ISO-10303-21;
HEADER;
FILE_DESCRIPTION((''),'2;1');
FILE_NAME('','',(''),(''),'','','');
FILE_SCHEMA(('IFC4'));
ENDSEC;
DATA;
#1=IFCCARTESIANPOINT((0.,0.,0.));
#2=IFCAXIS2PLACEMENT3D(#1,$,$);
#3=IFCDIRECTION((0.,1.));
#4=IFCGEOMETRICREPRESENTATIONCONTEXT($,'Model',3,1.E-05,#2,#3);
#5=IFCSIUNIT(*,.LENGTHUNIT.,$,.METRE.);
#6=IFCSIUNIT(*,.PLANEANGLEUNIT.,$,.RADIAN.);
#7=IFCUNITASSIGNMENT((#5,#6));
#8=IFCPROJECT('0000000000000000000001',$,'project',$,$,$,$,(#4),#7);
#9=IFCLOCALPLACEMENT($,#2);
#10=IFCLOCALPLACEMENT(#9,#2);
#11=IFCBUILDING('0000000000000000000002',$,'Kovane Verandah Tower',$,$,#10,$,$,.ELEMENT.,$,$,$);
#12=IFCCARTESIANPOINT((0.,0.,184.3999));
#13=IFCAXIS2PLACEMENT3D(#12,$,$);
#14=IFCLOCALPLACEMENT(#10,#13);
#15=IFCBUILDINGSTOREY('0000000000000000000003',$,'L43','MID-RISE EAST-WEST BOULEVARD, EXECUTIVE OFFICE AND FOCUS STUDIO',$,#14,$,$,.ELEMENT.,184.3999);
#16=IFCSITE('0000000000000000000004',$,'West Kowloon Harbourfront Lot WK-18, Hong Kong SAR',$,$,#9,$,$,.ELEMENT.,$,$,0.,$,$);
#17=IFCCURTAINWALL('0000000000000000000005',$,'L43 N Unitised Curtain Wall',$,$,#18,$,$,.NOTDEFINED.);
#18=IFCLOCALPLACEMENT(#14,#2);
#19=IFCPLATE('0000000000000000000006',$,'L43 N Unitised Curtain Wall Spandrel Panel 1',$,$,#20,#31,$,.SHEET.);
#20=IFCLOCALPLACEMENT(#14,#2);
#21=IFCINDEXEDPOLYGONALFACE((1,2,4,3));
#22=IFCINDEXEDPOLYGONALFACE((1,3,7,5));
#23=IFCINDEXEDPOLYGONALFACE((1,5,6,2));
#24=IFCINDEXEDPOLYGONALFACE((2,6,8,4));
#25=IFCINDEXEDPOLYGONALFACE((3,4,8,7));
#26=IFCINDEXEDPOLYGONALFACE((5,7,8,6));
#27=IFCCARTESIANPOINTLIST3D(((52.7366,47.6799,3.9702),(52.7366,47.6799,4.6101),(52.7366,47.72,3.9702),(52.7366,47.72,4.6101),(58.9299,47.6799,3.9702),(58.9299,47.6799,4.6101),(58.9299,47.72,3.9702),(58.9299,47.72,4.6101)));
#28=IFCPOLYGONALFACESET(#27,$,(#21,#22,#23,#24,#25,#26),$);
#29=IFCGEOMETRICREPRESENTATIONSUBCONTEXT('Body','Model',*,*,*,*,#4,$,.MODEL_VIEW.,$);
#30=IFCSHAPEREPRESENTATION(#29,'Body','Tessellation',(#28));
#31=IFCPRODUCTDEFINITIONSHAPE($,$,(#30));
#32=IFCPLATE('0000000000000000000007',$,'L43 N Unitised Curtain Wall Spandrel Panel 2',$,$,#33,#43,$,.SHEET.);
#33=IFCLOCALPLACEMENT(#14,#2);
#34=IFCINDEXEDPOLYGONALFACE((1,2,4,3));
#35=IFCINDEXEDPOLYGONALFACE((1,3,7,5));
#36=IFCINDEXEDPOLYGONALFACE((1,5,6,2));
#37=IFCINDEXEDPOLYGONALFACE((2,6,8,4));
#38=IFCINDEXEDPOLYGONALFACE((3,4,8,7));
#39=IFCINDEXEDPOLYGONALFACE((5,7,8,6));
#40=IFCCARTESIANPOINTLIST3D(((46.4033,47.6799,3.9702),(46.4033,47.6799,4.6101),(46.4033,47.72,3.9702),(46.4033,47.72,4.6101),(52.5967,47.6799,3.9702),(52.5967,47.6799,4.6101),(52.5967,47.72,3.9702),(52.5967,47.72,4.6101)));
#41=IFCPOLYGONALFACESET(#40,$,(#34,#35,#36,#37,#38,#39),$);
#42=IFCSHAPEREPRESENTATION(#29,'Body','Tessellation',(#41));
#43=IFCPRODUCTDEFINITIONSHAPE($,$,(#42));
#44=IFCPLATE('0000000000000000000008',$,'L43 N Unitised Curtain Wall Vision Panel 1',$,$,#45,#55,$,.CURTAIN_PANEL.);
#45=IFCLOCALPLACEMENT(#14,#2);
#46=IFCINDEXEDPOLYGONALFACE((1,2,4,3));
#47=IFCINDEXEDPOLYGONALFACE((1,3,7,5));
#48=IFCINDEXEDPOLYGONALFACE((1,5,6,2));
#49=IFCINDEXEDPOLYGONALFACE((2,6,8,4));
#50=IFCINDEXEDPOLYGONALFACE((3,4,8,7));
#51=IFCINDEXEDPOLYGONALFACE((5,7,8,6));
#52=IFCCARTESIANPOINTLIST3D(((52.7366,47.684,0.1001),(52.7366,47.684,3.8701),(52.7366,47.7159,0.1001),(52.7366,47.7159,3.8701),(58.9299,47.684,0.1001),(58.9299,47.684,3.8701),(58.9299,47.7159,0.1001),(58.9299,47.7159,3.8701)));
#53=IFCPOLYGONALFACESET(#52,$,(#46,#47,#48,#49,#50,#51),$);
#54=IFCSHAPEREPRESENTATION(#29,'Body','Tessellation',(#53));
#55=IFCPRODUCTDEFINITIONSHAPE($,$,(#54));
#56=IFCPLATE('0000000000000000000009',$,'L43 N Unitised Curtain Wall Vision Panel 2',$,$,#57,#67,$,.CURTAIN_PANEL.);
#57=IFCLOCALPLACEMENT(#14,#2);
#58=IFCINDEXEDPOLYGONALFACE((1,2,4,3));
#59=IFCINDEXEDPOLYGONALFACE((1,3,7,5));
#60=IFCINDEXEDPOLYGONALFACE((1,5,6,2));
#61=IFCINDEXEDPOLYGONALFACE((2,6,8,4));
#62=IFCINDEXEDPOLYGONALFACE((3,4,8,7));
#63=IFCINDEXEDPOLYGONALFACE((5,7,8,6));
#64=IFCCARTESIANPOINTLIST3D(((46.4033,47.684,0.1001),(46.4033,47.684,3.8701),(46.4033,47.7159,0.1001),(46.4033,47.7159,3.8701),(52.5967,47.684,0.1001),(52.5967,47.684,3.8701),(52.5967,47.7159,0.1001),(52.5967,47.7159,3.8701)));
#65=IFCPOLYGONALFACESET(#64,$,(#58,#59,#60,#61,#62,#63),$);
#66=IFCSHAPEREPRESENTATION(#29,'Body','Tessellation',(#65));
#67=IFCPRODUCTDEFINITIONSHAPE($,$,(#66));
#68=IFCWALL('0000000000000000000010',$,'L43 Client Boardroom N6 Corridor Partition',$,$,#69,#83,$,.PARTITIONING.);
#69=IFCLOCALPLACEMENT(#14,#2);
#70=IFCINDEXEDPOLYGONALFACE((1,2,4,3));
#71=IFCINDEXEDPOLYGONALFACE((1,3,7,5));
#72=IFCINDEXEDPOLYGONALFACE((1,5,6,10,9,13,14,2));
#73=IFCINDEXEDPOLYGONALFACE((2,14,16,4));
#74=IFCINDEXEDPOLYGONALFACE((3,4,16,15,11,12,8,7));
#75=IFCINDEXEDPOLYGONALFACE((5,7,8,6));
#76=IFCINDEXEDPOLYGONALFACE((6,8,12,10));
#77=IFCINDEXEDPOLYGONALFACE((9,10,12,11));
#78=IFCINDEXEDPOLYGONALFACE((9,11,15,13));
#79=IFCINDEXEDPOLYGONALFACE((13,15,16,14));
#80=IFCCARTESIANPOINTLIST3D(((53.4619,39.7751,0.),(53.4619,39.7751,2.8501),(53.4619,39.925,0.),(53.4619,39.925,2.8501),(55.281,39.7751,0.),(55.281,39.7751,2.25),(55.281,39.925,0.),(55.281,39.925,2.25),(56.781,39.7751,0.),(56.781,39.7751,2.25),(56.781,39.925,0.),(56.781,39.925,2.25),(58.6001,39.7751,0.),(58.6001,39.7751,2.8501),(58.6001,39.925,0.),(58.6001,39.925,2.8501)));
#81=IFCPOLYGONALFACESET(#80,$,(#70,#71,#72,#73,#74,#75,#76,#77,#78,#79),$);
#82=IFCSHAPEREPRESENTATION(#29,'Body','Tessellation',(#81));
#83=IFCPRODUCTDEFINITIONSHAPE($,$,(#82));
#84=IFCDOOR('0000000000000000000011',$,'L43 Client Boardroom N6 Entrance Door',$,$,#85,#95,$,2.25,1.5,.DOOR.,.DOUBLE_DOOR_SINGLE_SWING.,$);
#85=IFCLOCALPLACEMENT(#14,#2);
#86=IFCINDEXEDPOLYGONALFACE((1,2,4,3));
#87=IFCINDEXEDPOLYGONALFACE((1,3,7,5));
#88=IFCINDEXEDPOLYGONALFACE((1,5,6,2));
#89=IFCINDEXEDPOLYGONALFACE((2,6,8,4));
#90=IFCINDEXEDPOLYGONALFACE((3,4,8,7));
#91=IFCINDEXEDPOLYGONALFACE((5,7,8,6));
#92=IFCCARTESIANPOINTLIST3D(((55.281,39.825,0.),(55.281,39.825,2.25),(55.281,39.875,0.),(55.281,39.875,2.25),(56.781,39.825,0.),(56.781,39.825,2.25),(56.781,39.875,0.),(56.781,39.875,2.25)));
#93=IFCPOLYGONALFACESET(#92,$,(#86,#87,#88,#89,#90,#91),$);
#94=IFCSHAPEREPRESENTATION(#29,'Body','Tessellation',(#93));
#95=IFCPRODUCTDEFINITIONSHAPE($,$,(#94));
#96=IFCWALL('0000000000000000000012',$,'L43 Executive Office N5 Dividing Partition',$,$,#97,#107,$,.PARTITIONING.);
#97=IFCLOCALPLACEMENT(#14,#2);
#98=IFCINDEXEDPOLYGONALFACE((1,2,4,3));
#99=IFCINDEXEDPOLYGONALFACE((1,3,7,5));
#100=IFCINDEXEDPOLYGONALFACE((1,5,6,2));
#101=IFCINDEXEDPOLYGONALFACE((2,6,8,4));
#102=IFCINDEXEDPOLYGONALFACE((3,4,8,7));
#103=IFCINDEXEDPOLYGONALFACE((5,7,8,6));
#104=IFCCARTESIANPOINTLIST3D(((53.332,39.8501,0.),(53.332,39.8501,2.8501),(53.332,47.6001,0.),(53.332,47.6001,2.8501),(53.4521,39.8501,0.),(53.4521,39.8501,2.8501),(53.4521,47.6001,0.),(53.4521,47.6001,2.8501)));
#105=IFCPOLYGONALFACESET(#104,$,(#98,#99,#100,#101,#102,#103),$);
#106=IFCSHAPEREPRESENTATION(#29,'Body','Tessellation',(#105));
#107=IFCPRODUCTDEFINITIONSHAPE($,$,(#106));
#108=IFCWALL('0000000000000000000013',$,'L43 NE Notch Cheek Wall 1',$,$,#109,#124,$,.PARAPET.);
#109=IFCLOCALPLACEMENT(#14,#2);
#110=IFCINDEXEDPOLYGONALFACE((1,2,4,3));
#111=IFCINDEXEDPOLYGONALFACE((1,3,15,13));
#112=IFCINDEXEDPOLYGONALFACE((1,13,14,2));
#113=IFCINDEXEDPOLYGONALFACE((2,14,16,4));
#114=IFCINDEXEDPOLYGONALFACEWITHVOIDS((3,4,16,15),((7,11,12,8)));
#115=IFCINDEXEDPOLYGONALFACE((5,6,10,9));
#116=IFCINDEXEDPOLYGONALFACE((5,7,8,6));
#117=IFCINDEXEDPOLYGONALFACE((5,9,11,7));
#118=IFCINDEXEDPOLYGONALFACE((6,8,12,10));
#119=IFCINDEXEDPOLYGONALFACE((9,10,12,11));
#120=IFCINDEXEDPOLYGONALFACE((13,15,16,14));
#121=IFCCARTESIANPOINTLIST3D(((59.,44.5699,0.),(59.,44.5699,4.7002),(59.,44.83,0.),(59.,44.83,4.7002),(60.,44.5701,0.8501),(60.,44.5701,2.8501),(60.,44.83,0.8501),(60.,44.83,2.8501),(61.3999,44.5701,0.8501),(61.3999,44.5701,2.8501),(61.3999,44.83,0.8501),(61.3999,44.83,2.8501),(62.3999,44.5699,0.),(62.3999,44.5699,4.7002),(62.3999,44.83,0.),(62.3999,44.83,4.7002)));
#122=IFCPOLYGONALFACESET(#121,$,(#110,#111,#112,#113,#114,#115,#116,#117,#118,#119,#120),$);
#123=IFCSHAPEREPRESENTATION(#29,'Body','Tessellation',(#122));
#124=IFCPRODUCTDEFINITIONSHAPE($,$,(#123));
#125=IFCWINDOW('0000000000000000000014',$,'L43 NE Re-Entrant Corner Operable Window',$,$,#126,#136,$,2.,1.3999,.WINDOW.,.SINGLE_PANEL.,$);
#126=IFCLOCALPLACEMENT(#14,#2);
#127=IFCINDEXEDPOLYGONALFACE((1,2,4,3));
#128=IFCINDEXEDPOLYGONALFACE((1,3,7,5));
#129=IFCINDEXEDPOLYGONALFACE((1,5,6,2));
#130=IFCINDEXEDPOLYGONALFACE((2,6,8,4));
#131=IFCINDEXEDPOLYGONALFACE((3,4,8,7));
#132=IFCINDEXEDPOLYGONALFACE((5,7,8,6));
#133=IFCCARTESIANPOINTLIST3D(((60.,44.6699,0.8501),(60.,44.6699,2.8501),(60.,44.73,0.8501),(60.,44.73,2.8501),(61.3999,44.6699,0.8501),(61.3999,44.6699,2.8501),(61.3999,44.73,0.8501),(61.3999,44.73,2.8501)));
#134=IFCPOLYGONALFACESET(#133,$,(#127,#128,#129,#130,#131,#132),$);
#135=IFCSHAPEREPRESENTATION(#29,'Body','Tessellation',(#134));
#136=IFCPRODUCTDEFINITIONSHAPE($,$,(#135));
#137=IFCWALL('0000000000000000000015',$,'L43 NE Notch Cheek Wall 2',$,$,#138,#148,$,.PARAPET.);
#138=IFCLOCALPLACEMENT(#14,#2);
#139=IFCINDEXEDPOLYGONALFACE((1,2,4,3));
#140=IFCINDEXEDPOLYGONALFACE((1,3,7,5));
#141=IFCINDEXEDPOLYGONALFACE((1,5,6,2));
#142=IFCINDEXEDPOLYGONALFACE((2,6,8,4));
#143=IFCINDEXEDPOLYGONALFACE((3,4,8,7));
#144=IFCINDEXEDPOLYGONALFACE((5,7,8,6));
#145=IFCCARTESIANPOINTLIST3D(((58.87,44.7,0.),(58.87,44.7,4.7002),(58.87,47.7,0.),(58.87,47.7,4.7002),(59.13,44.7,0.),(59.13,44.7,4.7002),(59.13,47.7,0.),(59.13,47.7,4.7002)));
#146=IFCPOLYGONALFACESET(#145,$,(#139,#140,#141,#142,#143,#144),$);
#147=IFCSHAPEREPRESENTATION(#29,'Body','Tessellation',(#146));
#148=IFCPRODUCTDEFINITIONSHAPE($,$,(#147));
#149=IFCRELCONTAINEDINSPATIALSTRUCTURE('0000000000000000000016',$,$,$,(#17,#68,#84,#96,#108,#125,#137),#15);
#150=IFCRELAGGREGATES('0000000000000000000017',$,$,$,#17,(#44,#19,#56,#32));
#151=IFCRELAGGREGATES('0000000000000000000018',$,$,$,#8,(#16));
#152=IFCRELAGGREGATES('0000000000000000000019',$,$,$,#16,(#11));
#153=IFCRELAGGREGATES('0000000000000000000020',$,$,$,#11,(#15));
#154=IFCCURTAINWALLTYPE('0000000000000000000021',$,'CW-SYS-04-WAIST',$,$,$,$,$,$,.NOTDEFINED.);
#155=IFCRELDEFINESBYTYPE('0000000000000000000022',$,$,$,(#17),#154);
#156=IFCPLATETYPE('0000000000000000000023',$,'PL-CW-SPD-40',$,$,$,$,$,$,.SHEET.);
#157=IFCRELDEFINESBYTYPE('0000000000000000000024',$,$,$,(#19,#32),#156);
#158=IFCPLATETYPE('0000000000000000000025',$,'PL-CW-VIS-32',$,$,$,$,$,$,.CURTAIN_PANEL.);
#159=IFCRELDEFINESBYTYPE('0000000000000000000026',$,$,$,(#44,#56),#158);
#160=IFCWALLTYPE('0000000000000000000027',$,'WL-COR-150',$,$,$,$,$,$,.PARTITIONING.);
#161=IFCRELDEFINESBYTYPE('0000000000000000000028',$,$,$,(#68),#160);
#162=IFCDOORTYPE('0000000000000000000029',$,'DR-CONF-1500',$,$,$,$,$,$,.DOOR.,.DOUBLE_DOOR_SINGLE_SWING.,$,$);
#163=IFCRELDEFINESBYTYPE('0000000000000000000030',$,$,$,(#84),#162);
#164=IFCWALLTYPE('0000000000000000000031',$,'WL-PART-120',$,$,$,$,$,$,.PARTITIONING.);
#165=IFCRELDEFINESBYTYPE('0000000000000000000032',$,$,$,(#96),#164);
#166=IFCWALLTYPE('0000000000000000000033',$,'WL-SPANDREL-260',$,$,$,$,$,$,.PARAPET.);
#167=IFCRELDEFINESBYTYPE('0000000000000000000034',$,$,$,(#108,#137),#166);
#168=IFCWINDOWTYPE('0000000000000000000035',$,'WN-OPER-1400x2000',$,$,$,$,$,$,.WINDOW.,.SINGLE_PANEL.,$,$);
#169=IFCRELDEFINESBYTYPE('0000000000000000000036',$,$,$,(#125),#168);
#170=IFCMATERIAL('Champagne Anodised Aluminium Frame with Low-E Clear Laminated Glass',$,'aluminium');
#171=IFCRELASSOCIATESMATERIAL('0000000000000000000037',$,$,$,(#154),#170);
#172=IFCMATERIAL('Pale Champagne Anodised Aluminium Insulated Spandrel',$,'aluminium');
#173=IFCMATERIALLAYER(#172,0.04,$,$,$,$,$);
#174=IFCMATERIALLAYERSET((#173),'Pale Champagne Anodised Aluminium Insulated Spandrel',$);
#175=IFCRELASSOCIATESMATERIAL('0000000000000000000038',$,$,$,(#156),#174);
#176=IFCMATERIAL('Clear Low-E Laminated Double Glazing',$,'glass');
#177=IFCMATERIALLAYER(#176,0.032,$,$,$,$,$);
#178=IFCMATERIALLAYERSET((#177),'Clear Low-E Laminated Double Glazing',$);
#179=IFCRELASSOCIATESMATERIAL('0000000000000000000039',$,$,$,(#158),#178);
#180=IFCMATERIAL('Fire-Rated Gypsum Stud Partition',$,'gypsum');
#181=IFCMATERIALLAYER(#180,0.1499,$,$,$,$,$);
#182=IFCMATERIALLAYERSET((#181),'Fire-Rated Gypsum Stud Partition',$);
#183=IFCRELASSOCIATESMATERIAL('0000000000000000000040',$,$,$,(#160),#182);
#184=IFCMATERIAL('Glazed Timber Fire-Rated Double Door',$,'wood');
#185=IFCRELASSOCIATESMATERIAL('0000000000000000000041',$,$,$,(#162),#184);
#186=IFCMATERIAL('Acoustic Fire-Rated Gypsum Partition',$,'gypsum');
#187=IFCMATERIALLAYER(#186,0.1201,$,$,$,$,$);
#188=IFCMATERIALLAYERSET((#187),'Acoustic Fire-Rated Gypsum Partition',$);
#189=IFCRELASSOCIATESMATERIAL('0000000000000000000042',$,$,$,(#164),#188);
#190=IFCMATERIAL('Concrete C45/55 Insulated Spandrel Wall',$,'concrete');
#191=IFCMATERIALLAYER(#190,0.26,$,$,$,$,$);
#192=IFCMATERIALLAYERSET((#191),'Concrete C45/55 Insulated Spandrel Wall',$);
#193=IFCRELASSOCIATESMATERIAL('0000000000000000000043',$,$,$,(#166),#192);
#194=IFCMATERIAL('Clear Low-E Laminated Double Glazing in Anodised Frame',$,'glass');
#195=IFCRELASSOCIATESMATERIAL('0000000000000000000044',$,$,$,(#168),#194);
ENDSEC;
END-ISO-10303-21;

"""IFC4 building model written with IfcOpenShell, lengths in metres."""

from ifc_helpers import new_model, si_unit, direction, frame, frame_2d, origin, origin_2d, place, context, subcontext, project, spatial, rectangle, extrude, material, layer, layer_set, type_object, element, fill, aggregate, save


model = new_model("IFC4")

# Units and contexts
model_context = context("Model", 3, precision=1e-05, world=origin(), true_north=direction((0.0, 1.0)))
body_context = subcontext(model_context, "Body", "Model", "MODEL_VIEW")
ifc_project = project(units=[si_unit("LENGTHUNIT", "METRE"), si_unit("PLANEANGLEUNIT", "RADIAN")], contexts=[model_context])

# Site, building, storey
site_placement = place(None, origin())
site = spatial("IfcSite", under=ifc_project, at=site_placement, Name="West Kowloon Harbourfront Lot WK-18, Hong Kong SAR", CompositionType="ELEMENT", RefElevation=0.0)
building_placement = place(site_placement, origin())
building = spatial("IfcBuilding", under=site, at=building_placement, Name="Kovane Verandah Tower", CompositionType="ELEMENT")
storey_placement = place(building_placement, frame((0.0, 0.0, 184.3999)))
storey = spatial("IfcBuildingStorey", under=building, at=storey_placement, Name="L43", Description="MID-RISE EAST-WEST BOULEVARD, EXECUTIVE OFFICE AND FOCUS STUDIO", CompositionType="ELEMENT", Elevation=184.3999)

# Curtain wall, plates
ifc_material_1 = material(Name="Champagne Anodised Aluminium Frame with Low-E Clear Laminated Glass", Category="aluminium")
curtain_wall_type = type_object("IfcCurtainWallType", Name="CW-SYS-04-WAIST", PredefinedType="NOTDEFINED", material=ifc_material_1)
curtain_wall_placement = place(storey_placement, origin())
curtain_wall = element("IfcCurtainWall", 1, at=curtain_wall_placement, inside=storey, type_object=curtain_wall_type, Name="L43 N Unitised Curtain Wall", PredefinedType="NOTDEFINED")
ifc_material_2 = material(Name="Pale Champagne Anodised Aluminium Insulated Spandrel", Category="aluminium")
ifc_layer_1 = layer(ifc_material_2, 0.04)
ifc_layer_set_1 = layer_set([ifc_layer_1], Name="Pale Champagne Anodised Aluminium Insulated Spandrel")
plate_type_1 = type_object("IfcPlateType", Name="PL-CW-SPD-40", PredefinedType="SHEET", material=ifc_layer_set_1)
plate_1_placement = place(storey_placement, frame((55.8333, 47.7, 3.9702), z_axis=(0.0, 0.0, 1.0), x_axis=(-1.0, 0.0, 0.0)))
plate_1 = element("IfcPlate", 2, at=plate_1_placement, type_object=plate_type_1, Name="L43 N Unitised Curtain Wall Spandrel Panel 1", PredefinedType="SHEET", context=body_context, shape_type="SweptSolid", body=[
    extrude(rectangle(XDim=6.1934, YDim=0.04, at=origin_2d()), origin(), (0.0, 0.0, 1.0), 0.6399),
])
plate_2_placement = place(storey_placement, frame((49.5, 47.7, 3.9702), z_axis=(0.0, 0.0, 1.0), x_axis=(-1.0, 0.0, 0.0)))
plate_2 = element("IfcPlate", 3, at=plate_2_placement, type_object=plate_type_1, Name="L43 N Unitised Curtain Wall Spandrel Panel 2", PredefinedType="SHEET", context=body_context, shape_type="SweptSolid", body=[
    extrude(rectangle(XDim=6.1934, YDim=0.04, at=origin_2d()), origin(), (0.0, 0.0, 1.0), 0.6399),
])
ifc_material_3 = material(Name="Clear Low-E Laminated Double Glazing", Category="glass")
ifc_layer_2 = layer(ifc_material_3, 0.032)
ifc_layer_set_2 = layer_set([ifc_layer_2], Name="Clear Low-E Laminated Double Glazing")
plate_type_2 = type_object("IfcPlateType", Name="PL-CW-VIS-32", PredefinedType="CURTAIN_PANEL", material=ifc_layer_set_2)
plate_3_placement = place(storey_placement, frame((55.8333, 47.7, 0.1001), z_axis=(0.0, 0.0, 1.0), x_axis=(-1.0, 0.0, 0.0)))
plate_3 = element("IfcPlate", 4, at=plate_3_placement, type_object=plate_type_2, Name="L43 N Unitised Curtain Wall Vision Panel 1", PredefinedType="CURTAIN_PANEL", context=body_context, shape_type="SweptSolid", body=[
    extrude(rectangle(XDim=6.1934, YDim=0.032, at=origin_2d()), origin(), (0.0, 0.0, 1.0), 3.77),
])
plate_4_placement = place(storey_placement, frame((49.5, 47.7, 0.1001), z_axis=(0.0, 0.0, 1.0), x_axis=(-1.0, 0.0, 0.0)))
plate_4 = element("IfcPlate", 5, at=plate_4_placement, type_object=plate_type_2, Name="L43 N Unitised Curtain Wall Vision Panel 2", PredefinedType="CURTAIN_PANEL", context=body_context, shape_type="SweptSolid", body=[
    extrude(rectangle(XDim=6.1934, YDim=0.032, at=origin_2d()), origin(), (0.0, 0.0, 1.0), 3.77),
])
aggregate(curtain_wall, [plate_3, plate_1, plate_4, plate_2])

# Wall, opening, door
ifc_material_4 = material(Name="Fire-Rated Gypsum Stud Partition", Category="gypsum")
ifc_layer_3 = layer(ifc_material_4, 0.1499)
ifc_layer_set_3 = layer_set([ifc_layer_3], Name="Fire-Rated Gypsum Stud Partition")
wall_type_1 = type_object("IfcWallType", Name="WL-COR-150", PredefinedType="PARTITIONING", material=ifc_layer_set_3)
wall_1_placement = place(storey_placement, frame((53.4619, 39.8501, 0.0), z_axis=(0.0, 0.0, 1.0), x_axis=(1.0, 0.0, 0.0)))
wall_1 = element("IfcWall", 6, at=wall_1_placement, inside=storey, type_object=wall_type_1, Name="L43 Client Boardroom N6 Corridor Partition", PredefinedType="PARTITIONING", context=body_context, shape_type="SweptSolid", body=[
    extrude(rectangle(XDim=5.1382, YDim=0.1499, at=frame_2d((2.5691, 0.0))), origin(), (0.0, 0.0, 1.0), 2.8501),
])
opening_1_placement = place(wall_1_placement, frame((1.8191, 0.0, 0.0)))
opening_1 = element("IfcOpeningElement", 7, at=opening_1_placement, cuts=wall_1, PredefinedType="OPENING", context=body_context, shape_type="SweptSolid", body=[
    extrude(rectangle(XDim=1.5, YDim=2.25, at=frame_2d((0.75, 1.125))), frame((0.0, 0.075, 0.0), z_axis=(0.0, -1.0, 0.0), x_axis=(1.0, 0.0, 0.0)), (0.0, 0.0, 1.0), 0.1499),
])
ifc_material_5 = material(Name="Glazed Timber Fire-Rated Double Door", Category="wood")
door_type = type_object("IfcDoorType", Name="DR-CONF-1500", OperationType="DOUBLE_DOOR_SINGLE_SWING", PredefinedType="DOOR", material=ifc_material_5)
door_placement = place(opening_1_placement, origin())
door = element("IfcDoor", 8, at=door_placement, inside=storey, type_object=door_type, Name="L43 Client Boardroom N6 Entrance Door", OperationType="DOUBLE_DOOR_SINGLE_SWING", OverallHeight=2.25, OverallWidth=1.5, PredefinedType="DOOR", context=body_context, shape_type="SweptSolid", body=[
    extrude(rectangle(XDim=1.5, YDim=2.25, at=frame_2d((0.75, 1.125))), frame((0.0, 0.0249, 0.0), z_axis=(0.0, -1.0, 0.0), x_axis=(1.0, 0.0, 0.0)), (0.0, 0.0, 1.0), 0.05),
])
fill(opening_1, door)

# Wall
ifc_material_6 = material(Name="Acoustic Fire-Rated Gypsum Partition", Category="gypsum")
ifc_layer_4 = layer(ifc_material_6, 0.1201)
ifc_layer_set_4 = layer_set([ifc_layer_4], Name="Acoustic Fire-Rated Gypsum Partition")
wall_type_2 = type_object("IfcWallType", Name="WL-PART-120", PredefinedType="PARTITIONING", material=ifc_layer_set_4)
wall_2_placement = place(storey_placement, frame((53.3921, 39.8501, 0.0), z_axis=(0.0, 0.0, 1.0), x_axis=(0.0, 1.0, 0.0)))
element("IfcWall", 9, at=wall_2_placement, inside=storey, type_object=wall_type_2, Name="L43 Executive Office N5 Dividing Partition", PredefinedType="PARTITIONING", context=body_context, shape_type="SweptSolid", body=[
    extrude(rectangle(XDim=7.75, YDim=0.1201, at=frame_2d((3.875, 0.0))), origin(), (0.0, 0.0, 1.0), 2.8501),
])

# Wall, opening, window
ifc_material_7 = material(Name="Concrete C45/55 Insulated Spandrel Wall", Category="concrete")
ifc_layer_5 = layer(ifc_material_7, 0.26)
ifc_layer_set_5 = layer_set([ifc_layer_5], Name="Concrete C45/55 Insulated Spandrel Wall")
wall_type_3 = type_object("IfcWallType", Name="WL-SPANDREL-260", PredefinedType="PARAPET", material=ifc_layer_set_5)
wall_3_placement = place(storey_placement, frame((62.3999, 44.7, 0.0), z_axis=(0.0, 0.0, 1.0), x_axis=(-1.0, 0.0, 0.0)))
wall_3 = element("IfcWall", 10, at=wall_3_placement, inside=storey, type_object=wall_type_3, Name="L43 NE Notch Cheek Wall 1", PredefinedType="PARAPET", context=body_context, shape_type="SweptSolid", body=[
    extrude(rectangle(XDim=3.3999, YDim=0.26, at=frame_2d((1.7, 0.0))), origin(), (0.0, 0.0, 1.0), 4.7002),
])
opening_2_placement = place(wall_3_placement, frame((1.0, 0.0, 0.8501)))
opening_2 = element("IfcOpeningElement", 11, at=opening_2_placement, cuts=wall_3, PredefinedType="OPENING", context=body_context, shape_type="SweptSolid", body=[
    extrude(rectangle(XDim=1.3999, YDim=2.0, at=frame_2d((0.7, 1.0))), frame((0.0, 0.1299, 0.0), z_axis=(0.0, -1.0, 0.0), x_axis=(1.0, 0.0, 0.0)), (0.0, 0.0, 1.0), 0.26),
])
ifc_material_8 = material(Name="Clear Low-E Laminated Double Glazing in Anodised Frame", Category="glass")
window_type = type_object("IfcWindowType", Name="WN-OPER-1400x2000", PartitioningType="SINGLE_PANEL", PredefinedType="WINDOW", material=ifc_material_8)
window_placement = place(opening_2_placement, origin())
window = element("IfcWindow", 12, at=window_placement, inside=storey, type_object=window_type, Name="L43 NE Re-Entrant Corner Operable Window", OverallHeight=2.0, OverallWidth=1.3999, PartitioningType="SINGLE_PANEL", PredefinedType="WINDOW", context=body_context, shape_type="SweptSolid", body=[
    extrude(rectangle(XDim=1.3999, YDim=2.0, at=frame_2d((0.7, 1.0))), frame((0.0, 0.03, 0.0), z_axis=(0.0, -1.0, 0.0), x_axis=(1.0, 0.0, 0.0)), (0.0, 0.0, 1.0), 0.0601),
])
fill(opening_2, window)

# Wall
wall_4_placement = place(storey_placement, frame((59.0, 44.7, 0.0), z_axis=(0.0, 0.0, 1.0), x_axis=(0.0, 1.0, 0.0)))
element("IfcWall", 13, at=wall_4_placement, inside=storey, type_object=wall_type_3, Name="L43 NE Notch Cheek Wall 2", PredefinedType="PARAPET", context=body_context, shape_type="SweptSolid", body=[
    extrude(rectangle(XDim=3.0, YDim=0.26, at=frame_2d((1.5, 0.0))), origin(), (0.0, 0.0, 1.0), 4.7002),
])

save(model, "model.ifc")
